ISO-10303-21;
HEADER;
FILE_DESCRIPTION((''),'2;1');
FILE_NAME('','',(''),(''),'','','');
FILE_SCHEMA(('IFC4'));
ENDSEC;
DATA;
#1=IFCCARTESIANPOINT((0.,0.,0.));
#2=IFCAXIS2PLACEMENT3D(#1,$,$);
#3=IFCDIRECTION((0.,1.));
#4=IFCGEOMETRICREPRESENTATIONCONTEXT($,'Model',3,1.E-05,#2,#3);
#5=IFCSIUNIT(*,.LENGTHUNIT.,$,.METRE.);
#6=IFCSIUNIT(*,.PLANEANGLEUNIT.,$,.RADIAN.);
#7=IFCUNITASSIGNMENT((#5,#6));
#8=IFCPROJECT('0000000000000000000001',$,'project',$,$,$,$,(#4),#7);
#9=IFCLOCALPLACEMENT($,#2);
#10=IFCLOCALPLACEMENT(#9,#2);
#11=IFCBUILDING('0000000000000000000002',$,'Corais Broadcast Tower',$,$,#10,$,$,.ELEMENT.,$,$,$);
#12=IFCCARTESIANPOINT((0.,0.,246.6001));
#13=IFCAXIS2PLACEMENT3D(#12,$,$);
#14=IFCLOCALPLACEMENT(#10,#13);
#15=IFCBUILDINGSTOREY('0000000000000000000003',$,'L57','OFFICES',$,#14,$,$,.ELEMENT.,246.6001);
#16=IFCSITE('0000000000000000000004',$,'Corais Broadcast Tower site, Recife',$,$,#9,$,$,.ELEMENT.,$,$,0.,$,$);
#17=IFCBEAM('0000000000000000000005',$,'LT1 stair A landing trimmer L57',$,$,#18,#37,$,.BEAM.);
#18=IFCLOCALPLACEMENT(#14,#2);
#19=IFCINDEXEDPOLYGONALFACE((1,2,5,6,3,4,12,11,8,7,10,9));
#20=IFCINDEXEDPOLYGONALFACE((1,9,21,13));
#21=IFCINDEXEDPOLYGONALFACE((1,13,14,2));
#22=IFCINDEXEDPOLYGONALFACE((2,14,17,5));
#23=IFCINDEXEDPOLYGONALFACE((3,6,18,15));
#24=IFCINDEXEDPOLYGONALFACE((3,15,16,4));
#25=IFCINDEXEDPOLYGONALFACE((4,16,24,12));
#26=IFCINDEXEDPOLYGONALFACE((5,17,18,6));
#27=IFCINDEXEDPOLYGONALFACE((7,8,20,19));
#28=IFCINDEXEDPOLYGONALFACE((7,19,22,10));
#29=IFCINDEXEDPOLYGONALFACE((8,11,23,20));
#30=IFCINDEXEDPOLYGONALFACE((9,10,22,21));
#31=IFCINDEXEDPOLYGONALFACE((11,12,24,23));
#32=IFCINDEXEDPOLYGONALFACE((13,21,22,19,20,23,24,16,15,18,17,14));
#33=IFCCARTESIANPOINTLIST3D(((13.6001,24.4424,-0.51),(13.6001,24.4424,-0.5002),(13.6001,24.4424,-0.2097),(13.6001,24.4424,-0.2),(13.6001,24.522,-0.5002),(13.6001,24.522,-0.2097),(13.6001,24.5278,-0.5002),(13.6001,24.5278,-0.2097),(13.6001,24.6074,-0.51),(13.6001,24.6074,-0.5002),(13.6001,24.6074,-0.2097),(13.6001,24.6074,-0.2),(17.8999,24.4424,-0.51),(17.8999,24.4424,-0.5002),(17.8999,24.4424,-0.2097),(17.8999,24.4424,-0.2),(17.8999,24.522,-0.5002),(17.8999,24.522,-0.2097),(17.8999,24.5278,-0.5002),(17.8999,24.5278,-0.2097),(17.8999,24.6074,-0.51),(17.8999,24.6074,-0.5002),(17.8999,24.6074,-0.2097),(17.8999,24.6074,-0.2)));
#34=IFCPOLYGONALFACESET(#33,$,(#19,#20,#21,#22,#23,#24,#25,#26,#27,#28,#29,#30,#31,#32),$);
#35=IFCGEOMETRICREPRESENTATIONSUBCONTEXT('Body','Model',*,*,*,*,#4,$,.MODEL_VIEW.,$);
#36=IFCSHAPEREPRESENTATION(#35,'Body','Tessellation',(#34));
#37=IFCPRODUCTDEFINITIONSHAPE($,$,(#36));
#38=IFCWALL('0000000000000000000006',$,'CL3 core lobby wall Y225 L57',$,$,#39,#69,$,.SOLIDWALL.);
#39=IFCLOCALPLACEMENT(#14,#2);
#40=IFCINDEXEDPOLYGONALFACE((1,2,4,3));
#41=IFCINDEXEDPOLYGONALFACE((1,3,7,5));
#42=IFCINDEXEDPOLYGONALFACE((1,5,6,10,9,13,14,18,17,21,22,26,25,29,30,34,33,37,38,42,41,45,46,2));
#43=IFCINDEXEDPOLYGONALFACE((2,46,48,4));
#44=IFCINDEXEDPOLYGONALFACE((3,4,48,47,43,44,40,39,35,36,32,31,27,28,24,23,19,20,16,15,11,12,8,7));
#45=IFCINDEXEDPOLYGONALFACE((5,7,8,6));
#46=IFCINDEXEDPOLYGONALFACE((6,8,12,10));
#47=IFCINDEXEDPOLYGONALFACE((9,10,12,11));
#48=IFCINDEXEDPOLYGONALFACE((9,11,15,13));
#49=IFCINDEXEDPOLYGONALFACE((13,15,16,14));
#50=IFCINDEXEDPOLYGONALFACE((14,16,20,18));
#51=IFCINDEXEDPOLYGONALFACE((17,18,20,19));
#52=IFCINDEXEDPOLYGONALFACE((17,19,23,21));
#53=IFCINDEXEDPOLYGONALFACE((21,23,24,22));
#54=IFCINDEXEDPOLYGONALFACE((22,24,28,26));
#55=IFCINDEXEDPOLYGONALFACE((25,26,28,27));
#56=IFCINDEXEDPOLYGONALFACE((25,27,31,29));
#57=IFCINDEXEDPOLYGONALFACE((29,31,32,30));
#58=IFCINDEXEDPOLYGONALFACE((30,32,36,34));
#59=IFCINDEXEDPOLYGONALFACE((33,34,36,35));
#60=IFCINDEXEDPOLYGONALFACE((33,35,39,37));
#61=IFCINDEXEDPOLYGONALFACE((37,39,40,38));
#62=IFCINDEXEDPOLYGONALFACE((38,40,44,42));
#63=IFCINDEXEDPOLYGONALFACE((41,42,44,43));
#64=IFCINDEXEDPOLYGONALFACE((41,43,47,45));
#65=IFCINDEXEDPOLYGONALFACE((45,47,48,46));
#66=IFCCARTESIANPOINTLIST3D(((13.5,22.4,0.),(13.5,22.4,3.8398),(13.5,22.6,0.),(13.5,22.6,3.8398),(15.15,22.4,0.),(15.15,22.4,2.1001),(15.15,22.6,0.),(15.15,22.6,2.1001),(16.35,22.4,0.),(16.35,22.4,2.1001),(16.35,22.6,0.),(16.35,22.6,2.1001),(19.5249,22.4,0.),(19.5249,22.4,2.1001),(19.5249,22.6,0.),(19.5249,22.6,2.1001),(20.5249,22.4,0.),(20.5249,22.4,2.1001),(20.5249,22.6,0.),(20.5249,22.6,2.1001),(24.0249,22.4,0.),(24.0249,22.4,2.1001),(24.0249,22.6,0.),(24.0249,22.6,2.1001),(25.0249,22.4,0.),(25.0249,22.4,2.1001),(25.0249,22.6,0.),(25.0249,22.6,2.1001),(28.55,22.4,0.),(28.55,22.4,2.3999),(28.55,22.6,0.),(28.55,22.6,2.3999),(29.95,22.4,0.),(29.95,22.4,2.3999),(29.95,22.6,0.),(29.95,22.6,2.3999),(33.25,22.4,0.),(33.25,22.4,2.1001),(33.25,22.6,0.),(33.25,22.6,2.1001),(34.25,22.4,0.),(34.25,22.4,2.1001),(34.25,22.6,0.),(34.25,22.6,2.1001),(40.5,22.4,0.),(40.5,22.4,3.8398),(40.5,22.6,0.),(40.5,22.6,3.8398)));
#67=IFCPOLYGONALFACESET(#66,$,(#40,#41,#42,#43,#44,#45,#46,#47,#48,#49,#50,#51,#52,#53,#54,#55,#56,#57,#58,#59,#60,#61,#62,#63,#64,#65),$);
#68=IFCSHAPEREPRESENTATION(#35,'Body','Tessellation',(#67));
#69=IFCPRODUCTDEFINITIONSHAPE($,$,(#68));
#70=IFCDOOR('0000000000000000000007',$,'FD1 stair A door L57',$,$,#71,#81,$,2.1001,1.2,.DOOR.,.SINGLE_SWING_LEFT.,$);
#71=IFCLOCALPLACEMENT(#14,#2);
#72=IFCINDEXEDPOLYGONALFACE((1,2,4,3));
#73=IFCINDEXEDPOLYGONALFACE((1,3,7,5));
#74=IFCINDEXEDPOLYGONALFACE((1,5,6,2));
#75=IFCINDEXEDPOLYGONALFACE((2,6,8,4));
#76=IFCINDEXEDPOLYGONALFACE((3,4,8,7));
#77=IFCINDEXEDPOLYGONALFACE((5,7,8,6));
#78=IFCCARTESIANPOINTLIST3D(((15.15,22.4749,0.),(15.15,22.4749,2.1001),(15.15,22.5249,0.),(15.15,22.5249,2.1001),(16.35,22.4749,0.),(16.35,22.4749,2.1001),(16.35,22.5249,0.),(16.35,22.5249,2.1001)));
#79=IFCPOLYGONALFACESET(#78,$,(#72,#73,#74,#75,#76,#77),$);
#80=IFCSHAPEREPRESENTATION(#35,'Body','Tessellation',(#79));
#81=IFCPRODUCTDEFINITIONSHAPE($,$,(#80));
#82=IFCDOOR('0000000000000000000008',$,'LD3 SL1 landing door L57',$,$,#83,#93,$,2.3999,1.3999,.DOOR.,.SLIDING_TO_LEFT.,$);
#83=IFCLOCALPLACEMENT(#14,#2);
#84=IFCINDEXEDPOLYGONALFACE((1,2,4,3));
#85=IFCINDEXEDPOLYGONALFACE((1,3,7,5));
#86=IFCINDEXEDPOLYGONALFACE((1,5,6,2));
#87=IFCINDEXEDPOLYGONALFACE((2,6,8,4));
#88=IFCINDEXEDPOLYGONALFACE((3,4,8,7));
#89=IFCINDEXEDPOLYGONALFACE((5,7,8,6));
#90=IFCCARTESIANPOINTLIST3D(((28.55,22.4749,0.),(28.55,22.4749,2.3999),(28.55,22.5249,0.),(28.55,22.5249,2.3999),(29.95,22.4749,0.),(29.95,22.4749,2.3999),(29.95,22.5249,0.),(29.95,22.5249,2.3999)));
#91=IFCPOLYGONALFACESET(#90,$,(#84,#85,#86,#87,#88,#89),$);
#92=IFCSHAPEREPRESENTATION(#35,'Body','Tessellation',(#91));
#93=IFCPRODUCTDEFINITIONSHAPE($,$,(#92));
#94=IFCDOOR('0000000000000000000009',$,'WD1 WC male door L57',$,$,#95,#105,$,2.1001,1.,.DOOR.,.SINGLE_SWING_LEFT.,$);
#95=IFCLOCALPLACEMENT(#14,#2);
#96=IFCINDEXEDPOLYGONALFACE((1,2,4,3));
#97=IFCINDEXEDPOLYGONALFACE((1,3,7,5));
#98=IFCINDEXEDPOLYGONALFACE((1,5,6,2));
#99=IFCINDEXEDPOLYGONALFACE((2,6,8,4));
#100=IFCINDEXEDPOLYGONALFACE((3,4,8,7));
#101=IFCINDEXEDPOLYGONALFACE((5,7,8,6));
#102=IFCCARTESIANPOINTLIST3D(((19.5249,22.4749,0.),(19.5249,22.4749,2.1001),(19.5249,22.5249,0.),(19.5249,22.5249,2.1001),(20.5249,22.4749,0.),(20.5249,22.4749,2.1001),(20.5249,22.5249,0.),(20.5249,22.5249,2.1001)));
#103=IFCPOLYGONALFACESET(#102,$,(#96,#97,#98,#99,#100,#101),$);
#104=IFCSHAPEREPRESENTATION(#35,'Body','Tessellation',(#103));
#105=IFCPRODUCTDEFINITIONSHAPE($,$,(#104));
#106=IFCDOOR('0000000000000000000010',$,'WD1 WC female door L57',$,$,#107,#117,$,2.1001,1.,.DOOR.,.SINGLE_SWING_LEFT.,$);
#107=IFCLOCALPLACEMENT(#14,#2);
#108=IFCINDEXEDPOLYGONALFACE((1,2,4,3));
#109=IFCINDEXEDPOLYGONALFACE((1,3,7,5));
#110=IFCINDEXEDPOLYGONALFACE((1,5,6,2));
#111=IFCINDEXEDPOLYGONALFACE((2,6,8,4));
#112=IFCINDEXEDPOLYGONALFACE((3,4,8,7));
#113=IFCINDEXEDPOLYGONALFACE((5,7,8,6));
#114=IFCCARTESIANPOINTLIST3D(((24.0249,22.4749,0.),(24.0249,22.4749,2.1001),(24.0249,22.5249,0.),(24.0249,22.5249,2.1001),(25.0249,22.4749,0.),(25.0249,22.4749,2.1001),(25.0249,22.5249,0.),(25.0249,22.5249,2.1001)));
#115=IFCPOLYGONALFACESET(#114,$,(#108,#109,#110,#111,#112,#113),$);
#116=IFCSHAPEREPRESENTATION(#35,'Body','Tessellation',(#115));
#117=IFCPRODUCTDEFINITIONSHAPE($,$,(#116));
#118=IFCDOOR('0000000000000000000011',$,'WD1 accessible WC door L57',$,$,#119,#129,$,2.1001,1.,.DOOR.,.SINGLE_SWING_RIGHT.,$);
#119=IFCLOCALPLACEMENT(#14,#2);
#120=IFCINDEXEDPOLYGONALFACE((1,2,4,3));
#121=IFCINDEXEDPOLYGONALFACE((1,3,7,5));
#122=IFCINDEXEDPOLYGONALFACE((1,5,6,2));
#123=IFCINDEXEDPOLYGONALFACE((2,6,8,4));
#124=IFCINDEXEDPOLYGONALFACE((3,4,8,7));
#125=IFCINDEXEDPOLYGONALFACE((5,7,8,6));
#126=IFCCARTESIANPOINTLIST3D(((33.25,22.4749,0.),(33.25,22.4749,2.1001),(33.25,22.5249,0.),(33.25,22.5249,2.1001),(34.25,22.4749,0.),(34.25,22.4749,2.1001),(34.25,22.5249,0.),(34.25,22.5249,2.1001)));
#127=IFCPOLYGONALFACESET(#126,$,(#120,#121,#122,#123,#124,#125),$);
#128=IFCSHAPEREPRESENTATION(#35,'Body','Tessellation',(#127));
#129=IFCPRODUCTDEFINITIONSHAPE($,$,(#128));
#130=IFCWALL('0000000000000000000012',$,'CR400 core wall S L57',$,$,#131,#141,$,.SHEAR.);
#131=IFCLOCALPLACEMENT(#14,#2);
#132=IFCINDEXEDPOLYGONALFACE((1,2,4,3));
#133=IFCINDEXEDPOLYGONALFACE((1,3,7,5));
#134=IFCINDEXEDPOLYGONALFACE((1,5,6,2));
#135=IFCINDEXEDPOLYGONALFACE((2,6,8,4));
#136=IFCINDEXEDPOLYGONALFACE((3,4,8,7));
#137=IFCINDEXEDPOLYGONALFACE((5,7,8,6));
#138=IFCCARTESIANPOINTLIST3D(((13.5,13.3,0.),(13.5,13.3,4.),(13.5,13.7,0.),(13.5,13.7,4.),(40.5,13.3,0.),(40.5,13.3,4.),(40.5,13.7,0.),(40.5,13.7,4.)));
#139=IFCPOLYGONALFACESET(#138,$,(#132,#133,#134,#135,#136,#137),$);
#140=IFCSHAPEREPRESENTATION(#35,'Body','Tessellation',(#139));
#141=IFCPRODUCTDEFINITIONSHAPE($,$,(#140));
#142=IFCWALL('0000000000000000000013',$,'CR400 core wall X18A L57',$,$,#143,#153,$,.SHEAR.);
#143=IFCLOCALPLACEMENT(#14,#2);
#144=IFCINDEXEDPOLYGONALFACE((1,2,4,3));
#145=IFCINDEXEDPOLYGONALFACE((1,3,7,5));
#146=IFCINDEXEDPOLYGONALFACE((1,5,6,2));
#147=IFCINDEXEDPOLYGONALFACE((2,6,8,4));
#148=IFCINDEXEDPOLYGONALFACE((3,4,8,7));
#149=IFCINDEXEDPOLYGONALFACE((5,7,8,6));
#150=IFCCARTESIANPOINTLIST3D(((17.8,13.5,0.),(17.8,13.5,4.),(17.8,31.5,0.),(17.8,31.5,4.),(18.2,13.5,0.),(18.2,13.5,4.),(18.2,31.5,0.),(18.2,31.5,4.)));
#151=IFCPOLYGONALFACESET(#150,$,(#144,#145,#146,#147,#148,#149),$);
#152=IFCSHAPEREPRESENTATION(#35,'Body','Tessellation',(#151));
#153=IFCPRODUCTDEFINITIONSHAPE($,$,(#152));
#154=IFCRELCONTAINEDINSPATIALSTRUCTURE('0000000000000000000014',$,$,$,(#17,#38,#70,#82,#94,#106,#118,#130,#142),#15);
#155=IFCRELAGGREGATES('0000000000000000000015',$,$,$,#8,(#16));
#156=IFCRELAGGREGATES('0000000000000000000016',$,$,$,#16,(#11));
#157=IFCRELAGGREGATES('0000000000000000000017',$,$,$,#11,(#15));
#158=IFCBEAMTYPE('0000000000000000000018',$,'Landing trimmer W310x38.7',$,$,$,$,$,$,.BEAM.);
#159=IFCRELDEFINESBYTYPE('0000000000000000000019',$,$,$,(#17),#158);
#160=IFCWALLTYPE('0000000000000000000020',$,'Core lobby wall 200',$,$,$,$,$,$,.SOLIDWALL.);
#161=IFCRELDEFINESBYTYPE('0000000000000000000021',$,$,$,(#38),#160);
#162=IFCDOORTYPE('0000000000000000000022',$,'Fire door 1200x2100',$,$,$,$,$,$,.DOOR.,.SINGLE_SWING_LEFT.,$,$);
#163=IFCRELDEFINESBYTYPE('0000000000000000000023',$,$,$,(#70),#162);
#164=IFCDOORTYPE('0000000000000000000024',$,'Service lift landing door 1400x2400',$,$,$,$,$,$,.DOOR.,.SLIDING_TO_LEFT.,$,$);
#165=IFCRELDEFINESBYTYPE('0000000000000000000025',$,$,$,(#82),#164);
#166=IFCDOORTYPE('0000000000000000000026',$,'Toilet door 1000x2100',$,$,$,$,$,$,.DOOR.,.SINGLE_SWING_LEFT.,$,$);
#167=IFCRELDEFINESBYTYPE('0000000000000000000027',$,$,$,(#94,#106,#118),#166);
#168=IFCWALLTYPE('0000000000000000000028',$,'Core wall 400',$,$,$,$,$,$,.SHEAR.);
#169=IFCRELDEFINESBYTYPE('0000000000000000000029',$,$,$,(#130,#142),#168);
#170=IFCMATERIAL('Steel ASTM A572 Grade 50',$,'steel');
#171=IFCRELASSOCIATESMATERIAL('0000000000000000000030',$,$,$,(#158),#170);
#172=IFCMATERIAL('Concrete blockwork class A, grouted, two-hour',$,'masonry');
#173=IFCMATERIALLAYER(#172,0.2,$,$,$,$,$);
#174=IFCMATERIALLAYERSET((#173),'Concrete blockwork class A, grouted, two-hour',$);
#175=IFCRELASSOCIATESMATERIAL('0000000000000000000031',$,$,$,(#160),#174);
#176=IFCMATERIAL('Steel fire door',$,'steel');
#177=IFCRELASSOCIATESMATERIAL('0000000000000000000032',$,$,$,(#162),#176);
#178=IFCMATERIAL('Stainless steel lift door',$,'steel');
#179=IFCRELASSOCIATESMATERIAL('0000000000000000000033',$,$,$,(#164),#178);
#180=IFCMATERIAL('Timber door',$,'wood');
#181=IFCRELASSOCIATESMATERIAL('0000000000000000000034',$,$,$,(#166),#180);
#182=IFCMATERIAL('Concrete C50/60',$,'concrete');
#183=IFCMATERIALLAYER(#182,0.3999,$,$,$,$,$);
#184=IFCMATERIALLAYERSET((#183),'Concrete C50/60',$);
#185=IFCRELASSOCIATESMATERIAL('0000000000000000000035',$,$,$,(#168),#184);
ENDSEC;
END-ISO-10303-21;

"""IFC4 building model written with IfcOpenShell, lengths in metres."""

from ifc_helpers import new_model, si_unit, direction, frame, frame_2d, origin, origin_2d, place, context, subcontext, project, spatial, rectangle, i_section, extrude, material, layer, layer_set, material_profile, profile_set, type_object, element, fill, save


model = new_model("IFC4")

# Units and contexts
model_context = context("Model", 3, precision=1e-05, world=origin(), true_north=direction((0.0, 1.0)))
body_context = subcontext(model_context, "Body", "Model", "MODEL_VIEW")
ifc_project = project(units=[si_unit("LENGTHUNIT", "METRE"), si_unit("PLANEANGLEUNIT", "RADIAN")], contexts=[model_context])

# Site, building, storey
site_placement = place(None, origin())
site = spatial("IfcSite", under=ifc_project, at=site_placement, Name="Corais Broadcast Tower site, Recife", CompositionType="ELEMENT", RefElevation=0.0)
building_placement = place(site_placement, origin())
building = spatial("IfcBuilding", under=site, at=building_placement, Name="Corais Broadcast Tower", CompositionType="ELEMENT")
storey_placement = place(building_placement, frame((0.0, 0.0, 246.6001)))
storey = spatial("IfcBuildingStorey", under=building, at=storey_placement, Name="L57", Description="OFFICES", CompositionType="ELEMENT", Elevation=246.6001)

# Beam
ifc_material_1 = material(Name="Steel ASTM A572 Grade 50", Category="steel")
ifc_material_profile = material_profile(ifc_material_1, i_section(OverallWidth=0.165, OverallDepth=0.3101, WebThickness=0.0059, FlangeThickness=0.0098, at=origin_2d()), Name="W310x38.7")
ifc_profile_set = profile_set([ifc_material_profile], Name="Steel ASTM A572 Grade 50")
beam_type = type_object("IfcBeamType", Name="Landing trimmer W310x38.7", PredefinedType="BEAM", material=ifc_profile_set)
beam_placement = place(storey_placement, frame((13.6001, 24.5249, -0.355), z_axis=(1.0, 0.0, 0.0), x_axis=(0.0, 1.0, 0.0)))
element("IfcBeam", 1, at=beam_placement, inside=storey, type_object=beam_type, Name="LT1 stair A landing trimmer L57", PredefinedType="BEAM", context=body_context, shape_type="SweptSolid", body=[
    extrude(i_section(OverallWidth=0.165, OverallDepth=0.3101, WebThickness=0.0059, FlangeThickness=0.0098, at=origin_2d()), origin(), (0.0, 0.0, 1.0), 4.2998),
])

# Wall, openings, doors
ifc_material_2 = material(Name="Concrete blockwork class A, grouted, two-hour", Category="masonry")
ifc_layer_1 = layer(ifc_material_2, 0.2)
ifc_layer_set_1 = layer_set([ifc_layer_1], Name="Concrete blockwork class A, grouted, two-hour")
wall_type_1 = type_object("IfcWallType", Name="Core lobby wall 200", PredefinedType="SOLIDWALL", material=ifc_layer_set_1)
wall_1_placement = place(storey_placement, frame((13.5, 22.5, 0.0), z_axis=(0.0, 0.0, 1.0), x_axis=(1.0, 0.0, 0.0)))
wall_1 = element("IfcWall", 2, at=wall_1_placement, inside=storey, type_object=wall_type_1, Name="CL3 core lobby wall Y225 L57", PredefinedType="SOLIDWALL", context=body_context, shape_type="SweptSolid", body=[
    extrude(rectangle(XDim=27.0, YDim=0.2, at=frame_2d((13.5, 0.0))), origin(), (0.0, 0.0, 1.0), 3.8398),
])
opening_1_placement = place(wall_1_placement, frame((1.6499, 0.0, 0.0)))
opening_1 = element("IfcOpeningElement", 3, at=opening_1_placement, cuts=wall_1, PredefinedType="OPENING", context=body_context, shape_type="SweptSolid", body=[
    extrude(rectangle(XDim=1.2, YDim=2.1001, at=frame_2d((0.6001, 1.05))), frame((0.0, 0.1099, 0.0), z_axis=(0.0, -1.0, 0.0), x_axis=(1.0, 0.0, 0.0)), (0.0, 0.0, 1.0), 0.22),
])
opening_2_placement = place(wall_1_placement, frame((6.0249, 0.0, 0.0)))
opening_2 = element("IfcOpeningElement", 4, at=opening_2_placement, cuts=wall_1, PredefinedType="OPENING", context=body_context, shape_type="SweptSolid", body=[
    extrude(rectangle(XDim=1.0, YDim=2.1001, at=frame_2d((0.5, 1.05))), frame((0.0, 0.1099, 0.0), z_axis=(0.0, -1.0, 0.0), x_axis=(1.0, 0.0, 0.0)), (0.0, 0.0, 1.0), 0.22),
])
opening_3_placement = place(wall_1_placement, frame((10.5249, 0.0, 0.0)))
opening_3 = element("IfcOpeningElement", 5, at=opening_3_placement, cuts=wall_1, PredefinedType="OPENING", context=body_context, shape_type="SweptSolid", body=[
    extrude(rectangle(XDim=1.0, YDim=2.1001, at=frame_2d((0.5, 1.05))), frame((0.0, 0.1099, 0.0), z_axis=(0.0, -1.0, 0.0), x_axis=(1.0, 0.0, 0.0)), (0.0, 0.0, 1.0), 0.22),
])
opening_4_placement = place(wall_1_placement, frame((19.75, 0.0, 0.0)))
opening_4 = element("IfcOpeningElement", 6, at=opening_4_placement, cuts=wall_1, PredefinedType="OPENING", context=body_context, shape_type="SweptSolid", body=[
    extrude(rectangle(XDim=1.0, YDim=2.1001, at=frame_2d((0.5, 1.05))), frame((0.0, 0.1099, 0.0), z_axis=(0.0, -1.0, 0.0), x_axis=(1.0, 0.0, 0.0)), (0.0, 0.0, 1.0), 0.22),
])
opening_5_placement = place(wall_1_placement, frame((15.05, 0.0, 0.0)))
opening_5 = element("IfcOpeningElement", 7, at=opening_5_placement, cuts=wall_1, PredefinedType="OPENING", context=body_context, shape_type="SweptSolid", body=[
    extrude(rectangle(XDim=1.3999, YDim=2.3999, at=frame_2d((0.7, 1.2))), frame((0.0, 0.1099, 0.0), z_axis=(0.0, -1.0, 0.0), x_axis=(1.0, 0.0, 0.0)), (0.0, 0.0, 1.0), 0.22),
])
ifc_material_3 = material(Name="Steel fire door", Category="steel")
door_type_1 = type_object("IfcDoorType", Name="Fire door 1200x2100", OperationType="SINGLE_SWING_LEFT", PredefinedType="DOOR", material=ifc_material_3)
door_1_placement = place(opening_1_placement, origin())
door_1 = element("IfcDoor", 8, at=door_1_placement, inside=storey, type_object=door_type_1, Name="FD1 stair A door L57", OperationType="SINGLE_SWING_LEFT", OverallHeight=2.1001, OverallWidth=1.2, PredefinedType="DOOR", context=body_context, shape_type="SweptSolid", body=[
    extrude(rectangle(XDim=1.2, YDim=2.1001, at=frame_2d((0.6001, 1.05))), frame((0.0, 0.0249, 0.0), z_axis=(0.0, -1.0, 0.0), x_axis=(1.0, 0.0, 0.0)), (0.0, 0.0, 1.0), 0.05),
])
fill(opening_1, door_1)
ifc_material_4 = material(Name="Stainless steel lift door", Category="steel")
door_type_2 = type_object("IfcDoorType", Name="Service lift landing door 1400x2400", OperationType="SLIDING_TO_LEFT", PredefinedType="DOOR", material=ifc_material_4)
door_2_placement = place(opening_5_placement, origin())
door_2 = element("IfcDoor", 9, at=door_2_placement, inside=storey, type_object=door_type_2, Name="LD3 SL1 landing door L57", OperationType="SLIDING_TO_LEFT", OverallHeight=2.3999, OverallWidth=1.3999, PredefinedType="DOOR", context=body_context, shape_type="SweptSolid", body=[
    extrude(rectangle(XDim=1.3999, YDim=2.3999, at=frame_2d((0.7, 1.2))), frame((0.0, 0.0249, 0.0), z_axis=(0.0, -1.0, 0.0), x_axis=(1.0, 0.0, 0.0)), (0.0, 0.0, 1.0), 0.05),
])
fill(opening_5, door_2)
ifc_material_5 = material(Name="Timber door", Category="wood")
door_type_3 = type_object("IfcDoorType", Name="Toilet door 1000x2100", OperationType="SINGLE_SWING_LEFT", PredefinedType="DOOR", material=ifc_material_5)
door_3_placement = place(opening_2_placement, origin())
door_3 = element("IfcDoor", 10, at=door_3_placement, inside=storey, type_object=door_type_3, Name="WD1 WC male door L57", OperationType="SINGLE_SWING_LEFT", OverallHeight=2.1001, OverallWidth=1.0, PredefinedType="DOOR", context=body_context, shape_type="SweptSolid", body=[
    extrude(rectangle(XDim=1.0, YDim=2.1001, at=frame_2d((0.5, 1.05))), frame((0.0, 0.0249, 0.0), z_axis=(0.0, -1.0, 0.0), x_axis=(1.0, 0.0, 0.0)), (0.0, 0.0, 1.0), 0.05),
])
fill(opening_2, door_3)
door_4_placement = place(opening_3_placement, origin())
door_4 = element("IfcDoor", 11, at=door_4_placement, inside=storey, type_object=door_type_3, Name="WD1 WC female door L57", OperationType="SINGLE_SWING_LEFT", OverallHeight=2.1001, OverallWidth=1.0, PredefinedType="DOOR", context=body_context, shape_type="SweptSolid", body=[
    extrude(rectangle(XDim=1.0, YDim=2.1001, at=frame_2d((0.5, 1.05))), frame((0.0, 0.0249, 0.0), z_axis=(0.0, -1.0, 0.0), x_axis=(1.0, 0.0, 0.0)), (0.0, 0.0, 1.0), 0.05),
])
fill(opening_3, door_4)
door_5_placement = place(opening_4_placement, origin())
door_5 = element("IfcDoor", 12, at=door_5_placement, inside=storey, type_object=door_type_3, Name="WD1 accessible WC door L57", OperationType="SINGLE_SWING_RIGHT", OverallHeight=2.1001, OverallWidth=1.0, PredefinedType="DOOR", context=body_context, shape_type="SweptSolid", body=[
    extrude(rectangle(XDim=1.0, YDim=2.1001, at=frame_2d((0.5, 1.05))), frame((0.0, 0.0249, 0.0), z_axis=(0.0, -1.0, 0.0), x_axis=(1.0, 0.0, 0.0)), (0.0, 0.0, 1.0), 0.05),
])
fill(opening_4, door_5)

# Walls
ifc_material_6 = material(Name="Concrete C50/60", Category="concrete")
ifc_layer_2 = layer(ifc_material_6, 0.3999)
ifc_layer_set_2 = layer_set([ifc_layer_2], Name="Concrete C50/60")
wall_type_2 = type_object("IfcWallType", Name="Core wall 400", PredefinedType="SHEAR", material=ifc_layer_set_2)
wall_2_placement = place(storey_placement, frame((13.5, 13.5, 0.0), z_axis=(0.0, 0.0, 1.0), x_axis=(1.0, 0.0, 0.0)))
element("IfcWall", 13, at=wall_2_placement, inside=storey, type_object=wall_type_2, Name="CR400 core wall S L57", PredefinedType="SHEAR", context=body_context, shape_type="SweptSolid", body=[
    extrude(rectangle(XDim=27.0, YDim=0.3999, at=frame_2d((13.5, 0.0))), origin(), (0.0, 0.0, 1.0), 4.0),
])
wall_3_placement = place(storey_placement, frame((18.0, 13.5, 0.0), z_axis=(0.0, 0.0, 1.0), x_axis=(0.0, 1.0, 0.0)))
element("IfcWall", 14, at=wall_3_placement, inside=storey, type_object=wall_type_2, Name="CR400 core wall X18A L57", PredefinedType="SHEAR", context=body_context, shape_type="SweptSolid", body=[
    extrude(rectangle(XDim=18.0, YDim=0.3999, at=frame_2d((9.0, 0.0))), origin(), (0.0, 0.0, 1.0), 4.0),
])

save(model, "model.ifc")
